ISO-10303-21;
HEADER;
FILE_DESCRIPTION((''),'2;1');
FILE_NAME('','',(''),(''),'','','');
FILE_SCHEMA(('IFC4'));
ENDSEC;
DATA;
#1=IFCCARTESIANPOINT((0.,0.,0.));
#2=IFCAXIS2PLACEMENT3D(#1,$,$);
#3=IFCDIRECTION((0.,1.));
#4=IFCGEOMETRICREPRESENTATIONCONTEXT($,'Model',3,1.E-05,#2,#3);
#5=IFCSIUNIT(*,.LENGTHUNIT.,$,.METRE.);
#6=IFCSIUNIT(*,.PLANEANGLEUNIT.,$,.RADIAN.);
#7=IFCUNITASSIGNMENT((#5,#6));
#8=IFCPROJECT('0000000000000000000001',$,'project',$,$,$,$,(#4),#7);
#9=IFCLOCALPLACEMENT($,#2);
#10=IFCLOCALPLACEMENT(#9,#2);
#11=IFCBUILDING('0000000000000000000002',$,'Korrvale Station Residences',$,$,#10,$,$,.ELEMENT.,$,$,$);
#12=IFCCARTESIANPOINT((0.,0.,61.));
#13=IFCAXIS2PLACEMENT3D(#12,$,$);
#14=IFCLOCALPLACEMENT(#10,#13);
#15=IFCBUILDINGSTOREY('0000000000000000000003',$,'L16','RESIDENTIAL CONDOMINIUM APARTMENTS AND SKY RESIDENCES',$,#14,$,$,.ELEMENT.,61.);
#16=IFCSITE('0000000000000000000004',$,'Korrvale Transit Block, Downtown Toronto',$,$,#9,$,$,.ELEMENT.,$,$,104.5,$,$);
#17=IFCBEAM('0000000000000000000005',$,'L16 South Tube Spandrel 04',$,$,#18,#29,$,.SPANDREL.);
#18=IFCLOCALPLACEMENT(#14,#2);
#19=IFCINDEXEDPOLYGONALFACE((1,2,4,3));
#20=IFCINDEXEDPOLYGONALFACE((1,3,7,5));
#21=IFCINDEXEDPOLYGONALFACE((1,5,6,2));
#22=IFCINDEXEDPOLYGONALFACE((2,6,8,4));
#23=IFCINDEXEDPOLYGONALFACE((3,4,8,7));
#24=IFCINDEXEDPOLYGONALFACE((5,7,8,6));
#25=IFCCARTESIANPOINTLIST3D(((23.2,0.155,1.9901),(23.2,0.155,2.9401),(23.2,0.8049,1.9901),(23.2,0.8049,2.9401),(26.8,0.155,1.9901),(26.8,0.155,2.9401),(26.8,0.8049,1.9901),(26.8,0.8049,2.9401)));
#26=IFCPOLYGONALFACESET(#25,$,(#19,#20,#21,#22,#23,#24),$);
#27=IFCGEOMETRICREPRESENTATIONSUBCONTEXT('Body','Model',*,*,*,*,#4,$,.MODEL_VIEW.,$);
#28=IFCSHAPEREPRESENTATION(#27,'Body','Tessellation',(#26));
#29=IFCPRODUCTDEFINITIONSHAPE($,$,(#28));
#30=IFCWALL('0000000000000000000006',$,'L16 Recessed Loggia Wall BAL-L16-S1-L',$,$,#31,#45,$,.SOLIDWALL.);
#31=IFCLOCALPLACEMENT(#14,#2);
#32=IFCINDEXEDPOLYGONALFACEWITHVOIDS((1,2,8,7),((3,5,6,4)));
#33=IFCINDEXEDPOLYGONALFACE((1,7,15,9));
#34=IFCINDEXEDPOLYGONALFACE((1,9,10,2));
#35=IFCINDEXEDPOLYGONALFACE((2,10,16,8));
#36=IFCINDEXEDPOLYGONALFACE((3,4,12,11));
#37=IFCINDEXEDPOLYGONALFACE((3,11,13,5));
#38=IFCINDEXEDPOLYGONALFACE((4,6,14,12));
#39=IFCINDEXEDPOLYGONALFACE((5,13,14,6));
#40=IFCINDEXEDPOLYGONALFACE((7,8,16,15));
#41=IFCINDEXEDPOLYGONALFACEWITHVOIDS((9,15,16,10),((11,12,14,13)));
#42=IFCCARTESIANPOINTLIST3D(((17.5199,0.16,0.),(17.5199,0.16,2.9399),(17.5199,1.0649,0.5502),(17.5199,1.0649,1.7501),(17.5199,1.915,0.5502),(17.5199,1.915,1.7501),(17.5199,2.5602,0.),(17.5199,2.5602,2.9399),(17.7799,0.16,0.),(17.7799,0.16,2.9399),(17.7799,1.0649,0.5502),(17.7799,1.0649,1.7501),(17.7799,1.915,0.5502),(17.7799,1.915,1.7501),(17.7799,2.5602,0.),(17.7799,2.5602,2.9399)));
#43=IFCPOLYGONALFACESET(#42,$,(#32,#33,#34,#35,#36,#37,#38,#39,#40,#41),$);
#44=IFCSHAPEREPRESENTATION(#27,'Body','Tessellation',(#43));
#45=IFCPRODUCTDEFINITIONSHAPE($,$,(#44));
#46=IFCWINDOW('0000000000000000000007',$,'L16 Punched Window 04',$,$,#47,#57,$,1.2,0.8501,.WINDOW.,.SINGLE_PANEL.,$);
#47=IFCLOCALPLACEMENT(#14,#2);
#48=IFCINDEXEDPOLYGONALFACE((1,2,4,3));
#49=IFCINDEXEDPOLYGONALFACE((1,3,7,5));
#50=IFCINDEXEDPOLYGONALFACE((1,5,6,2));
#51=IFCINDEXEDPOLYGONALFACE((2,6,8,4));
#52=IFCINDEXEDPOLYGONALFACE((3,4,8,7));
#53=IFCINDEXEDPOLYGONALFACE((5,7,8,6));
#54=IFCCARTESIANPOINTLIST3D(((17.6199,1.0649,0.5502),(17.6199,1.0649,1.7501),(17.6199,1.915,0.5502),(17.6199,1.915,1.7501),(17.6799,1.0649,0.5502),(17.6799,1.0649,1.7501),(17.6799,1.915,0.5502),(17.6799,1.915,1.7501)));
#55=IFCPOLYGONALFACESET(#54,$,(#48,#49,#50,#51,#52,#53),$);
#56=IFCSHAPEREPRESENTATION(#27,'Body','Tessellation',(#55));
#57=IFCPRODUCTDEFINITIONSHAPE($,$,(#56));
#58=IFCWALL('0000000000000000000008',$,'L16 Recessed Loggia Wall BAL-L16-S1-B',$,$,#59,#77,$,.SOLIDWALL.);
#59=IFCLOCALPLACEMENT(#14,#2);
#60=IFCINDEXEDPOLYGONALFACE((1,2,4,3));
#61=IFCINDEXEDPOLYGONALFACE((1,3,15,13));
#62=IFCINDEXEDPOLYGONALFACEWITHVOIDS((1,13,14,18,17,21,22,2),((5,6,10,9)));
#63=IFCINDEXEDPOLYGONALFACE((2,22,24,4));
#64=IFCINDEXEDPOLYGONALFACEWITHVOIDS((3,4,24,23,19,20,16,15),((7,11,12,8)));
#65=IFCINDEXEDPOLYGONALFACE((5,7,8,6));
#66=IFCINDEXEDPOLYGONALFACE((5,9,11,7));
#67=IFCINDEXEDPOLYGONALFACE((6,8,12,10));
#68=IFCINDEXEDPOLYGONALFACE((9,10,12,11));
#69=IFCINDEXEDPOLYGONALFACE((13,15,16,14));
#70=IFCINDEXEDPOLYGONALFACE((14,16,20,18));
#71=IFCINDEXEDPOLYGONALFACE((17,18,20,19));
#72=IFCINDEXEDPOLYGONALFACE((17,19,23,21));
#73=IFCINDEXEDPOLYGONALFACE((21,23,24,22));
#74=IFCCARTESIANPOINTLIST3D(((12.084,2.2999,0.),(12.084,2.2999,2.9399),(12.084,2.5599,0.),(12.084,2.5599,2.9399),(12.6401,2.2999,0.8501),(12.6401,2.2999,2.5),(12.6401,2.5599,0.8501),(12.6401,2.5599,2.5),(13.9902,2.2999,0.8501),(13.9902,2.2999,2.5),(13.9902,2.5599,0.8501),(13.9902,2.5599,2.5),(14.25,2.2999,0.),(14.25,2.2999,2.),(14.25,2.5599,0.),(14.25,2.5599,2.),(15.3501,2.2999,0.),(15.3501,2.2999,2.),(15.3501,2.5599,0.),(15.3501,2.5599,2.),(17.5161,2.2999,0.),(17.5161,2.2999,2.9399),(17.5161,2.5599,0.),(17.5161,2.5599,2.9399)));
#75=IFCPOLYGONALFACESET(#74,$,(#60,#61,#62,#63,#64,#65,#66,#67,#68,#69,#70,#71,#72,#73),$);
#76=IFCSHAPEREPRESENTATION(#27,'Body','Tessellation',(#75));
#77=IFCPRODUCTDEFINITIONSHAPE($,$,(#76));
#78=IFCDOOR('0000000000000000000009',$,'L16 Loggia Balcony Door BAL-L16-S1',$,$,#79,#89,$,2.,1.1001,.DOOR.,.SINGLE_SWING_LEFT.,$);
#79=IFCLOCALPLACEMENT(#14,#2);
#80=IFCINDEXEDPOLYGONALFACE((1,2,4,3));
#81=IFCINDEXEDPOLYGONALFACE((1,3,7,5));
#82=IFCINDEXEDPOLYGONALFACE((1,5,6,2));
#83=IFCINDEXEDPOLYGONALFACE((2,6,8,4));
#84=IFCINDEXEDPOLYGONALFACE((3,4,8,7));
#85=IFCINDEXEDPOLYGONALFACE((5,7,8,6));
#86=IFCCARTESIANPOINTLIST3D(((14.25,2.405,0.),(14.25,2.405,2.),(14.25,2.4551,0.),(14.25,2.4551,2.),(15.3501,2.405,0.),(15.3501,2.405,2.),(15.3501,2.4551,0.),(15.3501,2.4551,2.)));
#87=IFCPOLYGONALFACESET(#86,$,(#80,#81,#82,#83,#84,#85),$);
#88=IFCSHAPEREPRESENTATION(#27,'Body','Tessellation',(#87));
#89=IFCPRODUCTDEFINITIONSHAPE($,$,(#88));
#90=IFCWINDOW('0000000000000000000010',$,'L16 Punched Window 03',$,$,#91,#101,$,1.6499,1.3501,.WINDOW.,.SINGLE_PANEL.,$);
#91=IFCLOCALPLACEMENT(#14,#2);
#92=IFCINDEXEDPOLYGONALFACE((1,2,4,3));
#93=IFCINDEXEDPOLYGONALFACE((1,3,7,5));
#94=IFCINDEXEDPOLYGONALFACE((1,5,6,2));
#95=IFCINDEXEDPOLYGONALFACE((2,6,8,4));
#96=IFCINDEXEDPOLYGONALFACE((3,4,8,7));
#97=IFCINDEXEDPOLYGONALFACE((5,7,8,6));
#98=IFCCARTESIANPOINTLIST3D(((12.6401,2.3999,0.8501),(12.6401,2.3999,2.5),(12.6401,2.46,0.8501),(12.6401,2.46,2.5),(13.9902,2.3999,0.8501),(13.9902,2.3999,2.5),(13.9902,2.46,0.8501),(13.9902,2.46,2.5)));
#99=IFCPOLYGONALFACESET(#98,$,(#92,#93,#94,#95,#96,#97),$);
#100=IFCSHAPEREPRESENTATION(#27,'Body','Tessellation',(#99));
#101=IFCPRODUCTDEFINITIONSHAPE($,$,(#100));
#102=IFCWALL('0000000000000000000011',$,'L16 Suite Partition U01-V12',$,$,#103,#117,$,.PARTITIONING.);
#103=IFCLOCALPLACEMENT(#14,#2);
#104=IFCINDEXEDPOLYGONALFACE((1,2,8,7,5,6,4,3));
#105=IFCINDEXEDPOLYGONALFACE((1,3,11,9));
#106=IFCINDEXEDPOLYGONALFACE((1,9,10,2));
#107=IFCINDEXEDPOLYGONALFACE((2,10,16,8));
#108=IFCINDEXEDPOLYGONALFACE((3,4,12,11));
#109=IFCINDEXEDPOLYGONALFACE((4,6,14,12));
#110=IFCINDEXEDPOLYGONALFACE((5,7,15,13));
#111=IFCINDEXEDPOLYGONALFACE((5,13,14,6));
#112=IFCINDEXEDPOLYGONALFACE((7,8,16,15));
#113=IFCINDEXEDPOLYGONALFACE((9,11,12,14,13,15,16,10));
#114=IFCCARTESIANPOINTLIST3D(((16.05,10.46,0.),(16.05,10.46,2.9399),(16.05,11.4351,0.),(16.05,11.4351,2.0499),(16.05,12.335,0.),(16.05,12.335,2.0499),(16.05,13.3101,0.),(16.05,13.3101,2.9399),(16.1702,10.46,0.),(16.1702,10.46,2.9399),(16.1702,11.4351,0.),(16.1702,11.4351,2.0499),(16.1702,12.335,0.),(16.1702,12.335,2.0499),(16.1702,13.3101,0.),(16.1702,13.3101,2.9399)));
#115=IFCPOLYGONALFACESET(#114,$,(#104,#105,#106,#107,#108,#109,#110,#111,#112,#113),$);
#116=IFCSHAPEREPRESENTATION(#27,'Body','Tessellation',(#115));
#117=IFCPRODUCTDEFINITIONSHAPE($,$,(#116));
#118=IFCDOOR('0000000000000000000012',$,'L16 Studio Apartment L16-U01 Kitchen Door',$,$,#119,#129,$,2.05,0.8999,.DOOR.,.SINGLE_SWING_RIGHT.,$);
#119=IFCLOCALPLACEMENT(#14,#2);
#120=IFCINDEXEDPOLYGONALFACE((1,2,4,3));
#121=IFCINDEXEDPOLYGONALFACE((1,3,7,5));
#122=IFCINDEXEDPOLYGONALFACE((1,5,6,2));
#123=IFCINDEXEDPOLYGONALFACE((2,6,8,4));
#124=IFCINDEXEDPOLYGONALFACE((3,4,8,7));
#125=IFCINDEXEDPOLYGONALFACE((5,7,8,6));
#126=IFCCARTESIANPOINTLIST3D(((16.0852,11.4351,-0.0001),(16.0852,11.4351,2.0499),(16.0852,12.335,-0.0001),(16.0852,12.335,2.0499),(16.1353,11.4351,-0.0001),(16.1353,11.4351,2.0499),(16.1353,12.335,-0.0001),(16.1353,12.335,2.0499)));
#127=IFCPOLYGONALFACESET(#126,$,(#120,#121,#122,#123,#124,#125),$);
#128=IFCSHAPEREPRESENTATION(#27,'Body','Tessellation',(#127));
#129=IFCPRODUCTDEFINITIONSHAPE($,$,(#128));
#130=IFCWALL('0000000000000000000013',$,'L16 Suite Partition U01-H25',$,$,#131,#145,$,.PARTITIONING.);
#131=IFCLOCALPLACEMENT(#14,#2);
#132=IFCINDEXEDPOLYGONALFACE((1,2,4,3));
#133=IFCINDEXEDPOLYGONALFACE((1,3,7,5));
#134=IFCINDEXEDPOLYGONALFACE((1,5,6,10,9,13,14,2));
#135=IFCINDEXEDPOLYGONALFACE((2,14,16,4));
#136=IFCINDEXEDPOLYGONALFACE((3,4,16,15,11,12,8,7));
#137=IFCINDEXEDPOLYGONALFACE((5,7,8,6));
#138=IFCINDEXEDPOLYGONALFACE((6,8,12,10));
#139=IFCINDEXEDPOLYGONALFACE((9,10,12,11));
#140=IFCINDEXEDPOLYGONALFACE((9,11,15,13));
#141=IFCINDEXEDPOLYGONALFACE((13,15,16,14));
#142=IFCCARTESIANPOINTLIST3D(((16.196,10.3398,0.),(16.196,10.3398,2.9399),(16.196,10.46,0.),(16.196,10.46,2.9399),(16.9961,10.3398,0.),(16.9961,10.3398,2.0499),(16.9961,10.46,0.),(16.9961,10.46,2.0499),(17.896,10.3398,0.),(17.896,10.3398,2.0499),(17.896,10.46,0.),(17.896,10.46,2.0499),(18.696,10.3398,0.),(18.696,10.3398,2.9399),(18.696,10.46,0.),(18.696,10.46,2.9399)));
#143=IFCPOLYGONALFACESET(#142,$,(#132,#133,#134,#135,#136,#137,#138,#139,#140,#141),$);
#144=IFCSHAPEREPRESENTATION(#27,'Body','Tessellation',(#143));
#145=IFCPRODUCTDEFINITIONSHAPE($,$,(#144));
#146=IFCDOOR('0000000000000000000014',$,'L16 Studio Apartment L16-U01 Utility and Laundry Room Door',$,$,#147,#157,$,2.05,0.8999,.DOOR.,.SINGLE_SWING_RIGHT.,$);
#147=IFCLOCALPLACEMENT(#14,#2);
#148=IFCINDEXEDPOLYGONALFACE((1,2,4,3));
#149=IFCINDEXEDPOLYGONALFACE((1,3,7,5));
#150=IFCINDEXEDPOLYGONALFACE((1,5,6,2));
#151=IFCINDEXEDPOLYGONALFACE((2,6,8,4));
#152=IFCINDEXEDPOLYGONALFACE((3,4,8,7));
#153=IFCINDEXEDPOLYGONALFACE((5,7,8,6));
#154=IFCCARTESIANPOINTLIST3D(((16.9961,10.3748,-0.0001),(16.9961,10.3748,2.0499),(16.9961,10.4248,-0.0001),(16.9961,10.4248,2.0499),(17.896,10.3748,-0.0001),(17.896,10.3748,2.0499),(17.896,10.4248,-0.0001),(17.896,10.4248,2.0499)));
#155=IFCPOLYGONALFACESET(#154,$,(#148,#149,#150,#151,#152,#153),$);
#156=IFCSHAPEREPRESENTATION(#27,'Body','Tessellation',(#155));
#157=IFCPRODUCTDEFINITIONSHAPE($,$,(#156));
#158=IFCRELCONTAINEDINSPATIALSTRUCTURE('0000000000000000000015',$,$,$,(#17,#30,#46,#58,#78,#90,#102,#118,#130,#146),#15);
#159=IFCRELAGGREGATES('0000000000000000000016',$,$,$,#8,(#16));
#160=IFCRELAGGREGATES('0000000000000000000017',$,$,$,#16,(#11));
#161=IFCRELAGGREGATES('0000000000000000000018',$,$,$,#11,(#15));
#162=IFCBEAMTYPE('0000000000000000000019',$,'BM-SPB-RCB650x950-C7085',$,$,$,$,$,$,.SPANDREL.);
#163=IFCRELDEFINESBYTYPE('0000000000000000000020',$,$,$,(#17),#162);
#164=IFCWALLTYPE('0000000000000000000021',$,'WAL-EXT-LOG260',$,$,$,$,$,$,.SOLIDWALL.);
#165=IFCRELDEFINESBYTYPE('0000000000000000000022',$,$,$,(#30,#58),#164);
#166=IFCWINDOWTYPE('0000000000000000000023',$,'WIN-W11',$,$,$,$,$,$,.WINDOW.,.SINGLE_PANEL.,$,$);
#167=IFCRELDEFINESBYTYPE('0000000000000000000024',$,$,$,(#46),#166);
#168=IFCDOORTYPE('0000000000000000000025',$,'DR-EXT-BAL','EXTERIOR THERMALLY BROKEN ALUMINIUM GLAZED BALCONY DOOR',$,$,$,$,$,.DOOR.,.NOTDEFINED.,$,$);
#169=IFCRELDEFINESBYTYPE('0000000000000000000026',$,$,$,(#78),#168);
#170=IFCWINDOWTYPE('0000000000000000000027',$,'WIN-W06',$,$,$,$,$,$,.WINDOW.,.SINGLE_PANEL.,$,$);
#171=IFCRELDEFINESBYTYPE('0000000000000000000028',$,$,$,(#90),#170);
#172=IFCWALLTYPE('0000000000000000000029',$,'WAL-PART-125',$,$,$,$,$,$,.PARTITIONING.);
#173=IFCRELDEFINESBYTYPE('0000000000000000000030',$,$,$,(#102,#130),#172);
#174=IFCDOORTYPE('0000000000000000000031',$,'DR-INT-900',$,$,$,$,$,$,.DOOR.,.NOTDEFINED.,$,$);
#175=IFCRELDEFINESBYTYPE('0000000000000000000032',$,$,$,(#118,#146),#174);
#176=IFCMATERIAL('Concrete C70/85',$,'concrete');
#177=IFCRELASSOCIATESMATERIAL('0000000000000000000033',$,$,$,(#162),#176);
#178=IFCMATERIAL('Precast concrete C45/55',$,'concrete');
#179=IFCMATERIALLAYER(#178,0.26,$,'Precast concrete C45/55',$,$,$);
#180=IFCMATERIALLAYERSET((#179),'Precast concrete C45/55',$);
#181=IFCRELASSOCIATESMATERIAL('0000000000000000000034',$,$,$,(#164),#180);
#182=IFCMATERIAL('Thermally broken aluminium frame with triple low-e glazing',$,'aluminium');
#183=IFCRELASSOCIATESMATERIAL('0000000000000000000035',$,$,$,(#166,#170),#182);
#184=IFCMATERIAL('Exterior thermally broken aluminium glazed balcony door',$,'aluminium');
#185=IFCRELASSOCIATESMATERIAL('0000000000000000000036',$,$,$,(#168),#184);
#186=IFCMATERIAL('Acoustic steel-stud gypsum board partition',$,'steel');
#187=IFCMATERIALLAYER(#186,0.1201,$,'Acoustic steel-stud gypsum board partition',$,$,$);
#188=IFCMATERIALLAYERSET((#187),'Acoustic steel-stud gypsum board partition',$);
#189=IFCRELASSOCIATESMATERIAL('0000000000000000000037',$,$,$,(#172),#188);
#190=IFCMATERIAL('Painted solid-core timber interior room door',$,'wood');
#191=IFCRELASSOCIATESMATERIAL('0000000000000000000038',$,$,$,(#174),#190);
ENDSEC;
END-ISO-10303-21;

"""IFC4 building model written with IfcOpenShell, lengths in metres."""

from ifc_helpers import new_model, si_unit, direction, frame, frame_2d, origin, origin_2d, place, context, subcontext, project, spatial, rectangle, extrude, material, layer, layer_set, material_profile, profile_set, type_object, element, fill, save


model = new_model("IFC4")

# Units and contexts
model_context = context("Model", 3, precision=1e-05, world=origin(), true_north=direction((0.0, 1.0)))
body_context = subcontext(model_context, "Body", "Model", "MODEL_VIEW")
ifc_project = project(units=[si_unit("LENGTHUNIT", "METRE"), si_unit("PLANEANGLEUNIT", "RADIAN")], contexts=[model_context])

# Site, building, storey
site_placement = place(None, origin())
site = spatial("IfcSite", under=ifc_project, at=site_placement, Name="Korrvale Transit Block, Downtown Toronto", CompositionType="ELEMENT", RefElevation=104.5)
building_placement = place(site_placement, origin())
building = spatial("IfcBuilding", under=site, at=building_placement, Name="Korrvale Station Residences", CompositionType="ELEMENT")
storey_placement = place(building_placement, frame((0.0, 0.0, 61.0)))
storey = spatial("IfcBuildingStorey", under=building, at=storey_placement, Name="L16", Description="RESIDENTIAL CONDOMINIUM APARTMENTS AND SKY RESIDENCES", CompositionType="ELEMENT", Elevation=61.0)

# Shared definitions
ifc_material_1 = material(Name="Concrete C70/85", Category="concrete")

# Beam
ifc_material_profile_1 = material_profile(ifc_material_1, rectangle(XDim=0.6499, YDim=0.95, at=origin_2d()), Name="RCB650x950")
ifc_profile_set_1 = profile_set([ifc_material_profile_1], Name="Concrete C70/85")
beam_type_1 = type_object("IfcBeamType", Name="BM-SPB-RCB650x950-C7085", PredefinedType="SPANDREL", material=ifc_profile_set_1)
beam_1_placement = place(storey_placement, frame((23.2, 0.48, 2.4651), z_axis=(1.0, 0.0, 0.0), x_axis=(0.0, 1.0, 0.0)))
element("IfcBeam", 1, at=beam_1_placement, inside=storey, type_object=beam_type_1, Name="L16 South Tube Spandrel 04", PredefinedType="SPANDREL", context=body_context, shape_type="SweptSolid", body=[
    extrude(rectangle(XDim=0.6499, YDim=0.95, at=origin_2d()), origin(), (0.0, 0.0, 1.0), 3.6001),
])

# Wall, opening, window
ifc_material_2 = material(Name="Precast concrete C45/55", Category="concrete")
ifc_layer_1 = layer(ifc_material_2, 0.26, Name="Precast concrete C45/55")
ifc_layer_set_1 = layer_set([ifc_layer_1], Name="Precast concrete C45/55")
wall_type_1 = type_object("IfcWallType", Name="WAL-EXT-LOG260", PredefinedType="SOLIDWALL", material=ifc_layer_set_1)
wall_1_placement = place(storey_placement, frame((17.6499, 0.1599, 0.0), z_axis=(0.0, 0.0, 1.0), x_axis=(0.0, 1.0, 0.0)))
wall_1 = element("IfcWall", 2, at=wall_1_placement, inside=storey, type_object=wall_type_1, Name="L16 Recessed Loggia Wall BAL-L16-S1-L", PredefinedType="SOLIDWALL", context=body_context, shape_type="SweptSolid", body=[
    extrude(rectangle(XDim=2.4001, YDim=0.26, at=frame_2d((1.2002, 0.0))), origin(), (0.0, 0.0, 1.0), 2.9399),
])
opening_1_placement = place(wall_1_placement, frame((0.905, 0.0, 0.55)))
opening_1 = element("IfcOpeningElement", 3, at=opening_1_placement, cuts=wall_1, PredefinedType="OPENING", context=body_context, shape_type="SweptSolid", body=[
    extrude(rectangle(XDim=0.8501, YDim=1.2, at=frame_2d((0.425, 0.6001))), frame((0.0, 0.1401, 0.0), z_axis=(0.0, -1.0, 0.0), x_axis=(1.0, 0.0, 0.0)), (0.0, 0.0, 1.0), 0.28),
])
ifc_material_3 = material(Name="Thermally broken aluminium frame with triple low-e glazing", Category="aluminium")
window_type_1 = type_object("IfcWindowType", Name="WIN-W11", PartitioningType="SINGLE_PANEL", PredefinedType="WINDOW", material=ifc_material_3)
window_1_placement = place(opening_1_placement, origin())
window_1 = element("IfcWindow", 4, at=window_1_placement, inside=storey, type_object=window_type_1, Name="L16 Punched Window 04", OverallHeight=1.2, OverallWidth=0.8501, PartitioningType="SINGLE_PANEL", PredefinedType="WINDOW", context=body_context, shape_type="SweptSolid", body=[
    extrude(rectangle(XDim=0.8501, YDim=1.2, at=frame_2d((0.425, 0.6001))), frame((0.0, 0.03, 0.0), z_axis=(0.0, -1.0, 0.0), x_axis=(1.0, 0.0, 0.0)), (0.0, 0.0, 1.0), 0.0601),
])
fill(opening_1, window_1)

# Wall, openings, door, window
wall_2_placement = place(storey_placement, frame((17.5161, 2.4299, 0.0), z_axis=(0.0, 0.0, 1.0), x_axis=(-1.0, 0.0, 0.0)))
wall_2 = element("IfcWall", 5, at=wall_2_placement, inside=storey, type_object=wall_type_1, Name="L16 Recessed Loggia Wall BAL-L16-S1-B", PredefinedType="SOLIDWALL", context=body_context, shape_type="SweptSolid", body=[
    extrude(rectangle(XDim=5.4321, YDim=0.26, at=frame_2d((2.7161, 0.0))), origin(), (0.0, 0.0, 1.0), 2.9399),
])
opening_2_placement = place(wall_2_placement, frame((2.166, 0.0, 0.0)))
opening_2 = element("IfcOpeningElement", 6, at=opening_2_placement, cuts=wall_2, PredefinedType="OPENING", context=body_context, shape_type="SweptSolid", body=[
    extrude(rectangle(XDim=1.1001, YDim=2.0, at=frame_2d((0.55, 1.0))), frame((0.0, 0.1401, 0.0), z_axis=(0.0, -1.0, 0.0), x_axis=(1.0, 0.0, 0.0)), (0.0, 0.0, 1.0), 0.28),
])
opening_3_placement = place(wall_2_placement, frame((3.5259, 0.0, 0.8501)))
opening_3 = element("IfcOpeningElement", 7, at=opening_3_placement, cuts=wall_2, PredefinedType="OPENING", context=body_context, shape_type="SweptSolid", body=[
    extrude(rectangle(XDim=1.3501, YDim=1.6499, at=frame_2d((0.675, 0.825))), frame((0.0, 0.1401, 0.0), z_axis=(0.0, -1.0, 0.0), x_axis=(1.0, 0.0, 0.0)), (0.0, 0.0, 1.0), 0.28),
])
ifc_material_4 = material(Name="Exterior thermally broken aluminium glazed balcony door", Category="aluminium")
door_type_1 = type_object("IfcDoorType", Name="DR-EXT-BAL", Description="EXTERIOR THERMALLY BROKEN ALUMINIUM GLAZED BALCONY DOOR", OperationType="NOTDEFINED", PredefinedType="DOOR", material=ifc_material_4)
door_1_placement = place(opening_2_placement, origin())
door_1 = element("IfcDoor", 8, at=door_1_placement, inside=storey, type_object=door_type_1, Name="L16 Loggia Balcony Door BAL-L16-S1", OperationType="SINGLE_SWING_LEFT", OverallHeight=2.0, OverallWidth=1.1001, PredefinedType="DOOR", context=body_context, shape_type="SweptSolid", body=[
    extrude(rectangle(XDim=1.1001, YDim=2.0, at=frame_2d((0.55, 1.0))), frame((0.0, 0.0249, 0.0), z_axis=(0.0, -1.0, 0.0), x_axis=(1.0, 0.0, 0.0)), (0.0, 0.0, 1.0), 0.05),
])
fill(opening_2, door_1)
window_type_2 = type_object("IfcWindowType", Name="WIN-W06", PartitioningType="SINGLE_PANEL", PredefinedType="WINDOW", material=ifc_material_3)
window_2_placement = place(opening_3_placement, origin())
window_2 = element("IfcWindow", 9, at=window_2_placement, inside=storey, type_object=window_type_2, Name="L16 Punched Window 03", OverallHeight=1.6499, OverallWidth=1.3501, PartitioningType="SINGLE_PANEL", PredefinedType="WINDOW", context=body_context, shape_type="SweptSolid", body=[
    extrude(rectangle(XDim=1.3501, YDim=1.6499, at=frame_2d((0.675, 0.825))), frame((0.0, 0.03, 0.0), z_axis=(0.0, -1.0, 0.0), x_axis=(1.0, 0.0, 0.0)), (0.0, 0.0, 1.0), 0.0601),
])
fill(opening_3, window_2)

# Walls, openings, doors
ifc_material_5 = material(Name="Acoustic steel-stud gypsum board partition", Category="steel")
ifc_layer_2 = layer(ifc_material_5, 0.1201, Name="Acoustic steel-stud gypsum board partition")
ifc_layer_set_2 = layer_set([ifc_layer_2], Name="Acoustic steel-stud gypsum board partition")
wall_type_2 = type_object("IfcWallType", Name="WAL-PART-125", PredefinedType="PARTITIONING", material=ifc_layer_set_2)
wall_3_placement = place(storey_placement, frame((16.1101, 10.46, 0.0), z_axis=(0.0, 0.0, 1.0), x_axis=(0.0, 1.0, 0.0)))
wall_3 = element("IfcWall", 10, at=wall_3_placement, inside=storey, type_object=wall_type_2, Name="L16 Suite Partition U01-V12", PredefinedType="PARTITIONING", context=body_context, shape_type="SweptSolid", body=[
    extrude(rectangle(XDim=2.8501, YDim=0.1201, at=frame_2d((1.425, 0.0))), origin(), (0.0, 0.0, 1.0), 2.9399),
])
opening_4_placement = place(wall_3_placement, frame((0.9751, 0.0, 0.0)))
opening_4 = element("IfcOpeningElement", 11, at=opening_4_placement, cuts=wall_3, PredefinedType="OPENING", context=body_context, shape_type="SweptSolid", body=[
    extrude(rectangle(XDim=0.8999, YDim=2.05, at=frame_2d((0.45, 1.0249))), frame((0.0, 0.0701, 0.0), z_axis=(0.0, -1.0, 0.0), x_axis=(1.0, 0.0, 0.0)), (0.0, 0.0, 1.0), 0.1401),
])
ifc_material_6 = material(Name="Painted solid-core timber interior room door", Category="wood")
door_type_2 = type_object("IfcDoorType", Name="DR-INT-900", OperationType="NOTDEFINED", PredefinedType="DOOR", material=ifc_material_6)
door_2_placement = place(opening_4_placement, origin())
door_2 = element("IfcDoor", 12, at=door_2_placement, inside=storey, type_object=door_type_2, Name="L16 Studio Apartment L16-U01 Kitchen Door", OperationType="SINGLE_SWING_RIGHT", OverallHeight=2.05, OverallWidth=0.8999, PredefinedType="DOOR", context=body_context, shape_type="SweptSolid", body=[
    extrude(rectangle(XDim=0.8999, YDim=2.05, at=frame_2d((0.45, 1.0249))), frame((0.0, 0.0249, 0.0), z_axis=(0.0, -1.0, 0.0), x_axis=(1.0, 0.0, 0.0)), (0.0, 0.0, 1.0), 0.05),
])
fill(opening_4, door_2)
wall_4_placement = place(storey_placement, frame((16.196, 10.3999, 0.0), z_axis=(0.0, 0.0, 1.0), x_axis=(1.0, 0.0, 0.0)))
wall_4 = element("IfcWall", 13, at=wall_4_placement, inside=storey, type_object=wall_type_2, Name="L16 Suite Partition U01-H25", PredefinedType="PARTITIONING", context=body_context, shape_type="SweptSolid", body=[
    extrude(rectangle(XDim=2.5, YDim=0.1201, at=frame_2d((1.25, 0.0))), origin(), (0.0, 0.0, 1.0), 2.9399),
])
opening_5_placement = place(wall_4_placement, frame((0.8, 0.0, 0.0)))
opening_5 = element("IfcOpeningElement", 14, at=opening_5_placement, cuts=wall_4, PredefinedType="OPENING", context=body_context, shape_type="SweptSolid", body=[
    extrude(rectangle(XDim=0.8999, YDim=2.05, at=frame_2d((0.45, 1.0249))), frame((0.0, 0.0701, 0.0), z_axis=(0.0, -1.0, 0.0), x_axis=(1.0, 0.0, 0.0)), (0.0, 0.0, 1.0), 0.1401),
])
door_3_placement = place(opening_5_placement, origin())
door_3 = element("IfcDoor", 15, at=door_3_placement, inside=storey, type_object=door_type_2, Name="L16 Studio Apartment L16-U01 Utility and Laundry Room Door", OperationType="SINGLE_SWING_RIGHT", OverallHeight=2.05, OverallWidth=0.8999, PredefinedType="DOOR", context=body_context, shape_type="SweptSolid", body=[
    extrude(rectangle(XDim=0.8999, YDim=2.05, at=frame_2d((0.45, 1.0249))), frame((0.0, 0.0249, 0.0), z_axis=(0.0, -1.0, 0.0), x_axis=(1.0, 0.0, 0.0)), (0.0, 0.0, 1.0), 0.05),
])
fill(opening_5, door_3)

save(model, "model.ifc")
